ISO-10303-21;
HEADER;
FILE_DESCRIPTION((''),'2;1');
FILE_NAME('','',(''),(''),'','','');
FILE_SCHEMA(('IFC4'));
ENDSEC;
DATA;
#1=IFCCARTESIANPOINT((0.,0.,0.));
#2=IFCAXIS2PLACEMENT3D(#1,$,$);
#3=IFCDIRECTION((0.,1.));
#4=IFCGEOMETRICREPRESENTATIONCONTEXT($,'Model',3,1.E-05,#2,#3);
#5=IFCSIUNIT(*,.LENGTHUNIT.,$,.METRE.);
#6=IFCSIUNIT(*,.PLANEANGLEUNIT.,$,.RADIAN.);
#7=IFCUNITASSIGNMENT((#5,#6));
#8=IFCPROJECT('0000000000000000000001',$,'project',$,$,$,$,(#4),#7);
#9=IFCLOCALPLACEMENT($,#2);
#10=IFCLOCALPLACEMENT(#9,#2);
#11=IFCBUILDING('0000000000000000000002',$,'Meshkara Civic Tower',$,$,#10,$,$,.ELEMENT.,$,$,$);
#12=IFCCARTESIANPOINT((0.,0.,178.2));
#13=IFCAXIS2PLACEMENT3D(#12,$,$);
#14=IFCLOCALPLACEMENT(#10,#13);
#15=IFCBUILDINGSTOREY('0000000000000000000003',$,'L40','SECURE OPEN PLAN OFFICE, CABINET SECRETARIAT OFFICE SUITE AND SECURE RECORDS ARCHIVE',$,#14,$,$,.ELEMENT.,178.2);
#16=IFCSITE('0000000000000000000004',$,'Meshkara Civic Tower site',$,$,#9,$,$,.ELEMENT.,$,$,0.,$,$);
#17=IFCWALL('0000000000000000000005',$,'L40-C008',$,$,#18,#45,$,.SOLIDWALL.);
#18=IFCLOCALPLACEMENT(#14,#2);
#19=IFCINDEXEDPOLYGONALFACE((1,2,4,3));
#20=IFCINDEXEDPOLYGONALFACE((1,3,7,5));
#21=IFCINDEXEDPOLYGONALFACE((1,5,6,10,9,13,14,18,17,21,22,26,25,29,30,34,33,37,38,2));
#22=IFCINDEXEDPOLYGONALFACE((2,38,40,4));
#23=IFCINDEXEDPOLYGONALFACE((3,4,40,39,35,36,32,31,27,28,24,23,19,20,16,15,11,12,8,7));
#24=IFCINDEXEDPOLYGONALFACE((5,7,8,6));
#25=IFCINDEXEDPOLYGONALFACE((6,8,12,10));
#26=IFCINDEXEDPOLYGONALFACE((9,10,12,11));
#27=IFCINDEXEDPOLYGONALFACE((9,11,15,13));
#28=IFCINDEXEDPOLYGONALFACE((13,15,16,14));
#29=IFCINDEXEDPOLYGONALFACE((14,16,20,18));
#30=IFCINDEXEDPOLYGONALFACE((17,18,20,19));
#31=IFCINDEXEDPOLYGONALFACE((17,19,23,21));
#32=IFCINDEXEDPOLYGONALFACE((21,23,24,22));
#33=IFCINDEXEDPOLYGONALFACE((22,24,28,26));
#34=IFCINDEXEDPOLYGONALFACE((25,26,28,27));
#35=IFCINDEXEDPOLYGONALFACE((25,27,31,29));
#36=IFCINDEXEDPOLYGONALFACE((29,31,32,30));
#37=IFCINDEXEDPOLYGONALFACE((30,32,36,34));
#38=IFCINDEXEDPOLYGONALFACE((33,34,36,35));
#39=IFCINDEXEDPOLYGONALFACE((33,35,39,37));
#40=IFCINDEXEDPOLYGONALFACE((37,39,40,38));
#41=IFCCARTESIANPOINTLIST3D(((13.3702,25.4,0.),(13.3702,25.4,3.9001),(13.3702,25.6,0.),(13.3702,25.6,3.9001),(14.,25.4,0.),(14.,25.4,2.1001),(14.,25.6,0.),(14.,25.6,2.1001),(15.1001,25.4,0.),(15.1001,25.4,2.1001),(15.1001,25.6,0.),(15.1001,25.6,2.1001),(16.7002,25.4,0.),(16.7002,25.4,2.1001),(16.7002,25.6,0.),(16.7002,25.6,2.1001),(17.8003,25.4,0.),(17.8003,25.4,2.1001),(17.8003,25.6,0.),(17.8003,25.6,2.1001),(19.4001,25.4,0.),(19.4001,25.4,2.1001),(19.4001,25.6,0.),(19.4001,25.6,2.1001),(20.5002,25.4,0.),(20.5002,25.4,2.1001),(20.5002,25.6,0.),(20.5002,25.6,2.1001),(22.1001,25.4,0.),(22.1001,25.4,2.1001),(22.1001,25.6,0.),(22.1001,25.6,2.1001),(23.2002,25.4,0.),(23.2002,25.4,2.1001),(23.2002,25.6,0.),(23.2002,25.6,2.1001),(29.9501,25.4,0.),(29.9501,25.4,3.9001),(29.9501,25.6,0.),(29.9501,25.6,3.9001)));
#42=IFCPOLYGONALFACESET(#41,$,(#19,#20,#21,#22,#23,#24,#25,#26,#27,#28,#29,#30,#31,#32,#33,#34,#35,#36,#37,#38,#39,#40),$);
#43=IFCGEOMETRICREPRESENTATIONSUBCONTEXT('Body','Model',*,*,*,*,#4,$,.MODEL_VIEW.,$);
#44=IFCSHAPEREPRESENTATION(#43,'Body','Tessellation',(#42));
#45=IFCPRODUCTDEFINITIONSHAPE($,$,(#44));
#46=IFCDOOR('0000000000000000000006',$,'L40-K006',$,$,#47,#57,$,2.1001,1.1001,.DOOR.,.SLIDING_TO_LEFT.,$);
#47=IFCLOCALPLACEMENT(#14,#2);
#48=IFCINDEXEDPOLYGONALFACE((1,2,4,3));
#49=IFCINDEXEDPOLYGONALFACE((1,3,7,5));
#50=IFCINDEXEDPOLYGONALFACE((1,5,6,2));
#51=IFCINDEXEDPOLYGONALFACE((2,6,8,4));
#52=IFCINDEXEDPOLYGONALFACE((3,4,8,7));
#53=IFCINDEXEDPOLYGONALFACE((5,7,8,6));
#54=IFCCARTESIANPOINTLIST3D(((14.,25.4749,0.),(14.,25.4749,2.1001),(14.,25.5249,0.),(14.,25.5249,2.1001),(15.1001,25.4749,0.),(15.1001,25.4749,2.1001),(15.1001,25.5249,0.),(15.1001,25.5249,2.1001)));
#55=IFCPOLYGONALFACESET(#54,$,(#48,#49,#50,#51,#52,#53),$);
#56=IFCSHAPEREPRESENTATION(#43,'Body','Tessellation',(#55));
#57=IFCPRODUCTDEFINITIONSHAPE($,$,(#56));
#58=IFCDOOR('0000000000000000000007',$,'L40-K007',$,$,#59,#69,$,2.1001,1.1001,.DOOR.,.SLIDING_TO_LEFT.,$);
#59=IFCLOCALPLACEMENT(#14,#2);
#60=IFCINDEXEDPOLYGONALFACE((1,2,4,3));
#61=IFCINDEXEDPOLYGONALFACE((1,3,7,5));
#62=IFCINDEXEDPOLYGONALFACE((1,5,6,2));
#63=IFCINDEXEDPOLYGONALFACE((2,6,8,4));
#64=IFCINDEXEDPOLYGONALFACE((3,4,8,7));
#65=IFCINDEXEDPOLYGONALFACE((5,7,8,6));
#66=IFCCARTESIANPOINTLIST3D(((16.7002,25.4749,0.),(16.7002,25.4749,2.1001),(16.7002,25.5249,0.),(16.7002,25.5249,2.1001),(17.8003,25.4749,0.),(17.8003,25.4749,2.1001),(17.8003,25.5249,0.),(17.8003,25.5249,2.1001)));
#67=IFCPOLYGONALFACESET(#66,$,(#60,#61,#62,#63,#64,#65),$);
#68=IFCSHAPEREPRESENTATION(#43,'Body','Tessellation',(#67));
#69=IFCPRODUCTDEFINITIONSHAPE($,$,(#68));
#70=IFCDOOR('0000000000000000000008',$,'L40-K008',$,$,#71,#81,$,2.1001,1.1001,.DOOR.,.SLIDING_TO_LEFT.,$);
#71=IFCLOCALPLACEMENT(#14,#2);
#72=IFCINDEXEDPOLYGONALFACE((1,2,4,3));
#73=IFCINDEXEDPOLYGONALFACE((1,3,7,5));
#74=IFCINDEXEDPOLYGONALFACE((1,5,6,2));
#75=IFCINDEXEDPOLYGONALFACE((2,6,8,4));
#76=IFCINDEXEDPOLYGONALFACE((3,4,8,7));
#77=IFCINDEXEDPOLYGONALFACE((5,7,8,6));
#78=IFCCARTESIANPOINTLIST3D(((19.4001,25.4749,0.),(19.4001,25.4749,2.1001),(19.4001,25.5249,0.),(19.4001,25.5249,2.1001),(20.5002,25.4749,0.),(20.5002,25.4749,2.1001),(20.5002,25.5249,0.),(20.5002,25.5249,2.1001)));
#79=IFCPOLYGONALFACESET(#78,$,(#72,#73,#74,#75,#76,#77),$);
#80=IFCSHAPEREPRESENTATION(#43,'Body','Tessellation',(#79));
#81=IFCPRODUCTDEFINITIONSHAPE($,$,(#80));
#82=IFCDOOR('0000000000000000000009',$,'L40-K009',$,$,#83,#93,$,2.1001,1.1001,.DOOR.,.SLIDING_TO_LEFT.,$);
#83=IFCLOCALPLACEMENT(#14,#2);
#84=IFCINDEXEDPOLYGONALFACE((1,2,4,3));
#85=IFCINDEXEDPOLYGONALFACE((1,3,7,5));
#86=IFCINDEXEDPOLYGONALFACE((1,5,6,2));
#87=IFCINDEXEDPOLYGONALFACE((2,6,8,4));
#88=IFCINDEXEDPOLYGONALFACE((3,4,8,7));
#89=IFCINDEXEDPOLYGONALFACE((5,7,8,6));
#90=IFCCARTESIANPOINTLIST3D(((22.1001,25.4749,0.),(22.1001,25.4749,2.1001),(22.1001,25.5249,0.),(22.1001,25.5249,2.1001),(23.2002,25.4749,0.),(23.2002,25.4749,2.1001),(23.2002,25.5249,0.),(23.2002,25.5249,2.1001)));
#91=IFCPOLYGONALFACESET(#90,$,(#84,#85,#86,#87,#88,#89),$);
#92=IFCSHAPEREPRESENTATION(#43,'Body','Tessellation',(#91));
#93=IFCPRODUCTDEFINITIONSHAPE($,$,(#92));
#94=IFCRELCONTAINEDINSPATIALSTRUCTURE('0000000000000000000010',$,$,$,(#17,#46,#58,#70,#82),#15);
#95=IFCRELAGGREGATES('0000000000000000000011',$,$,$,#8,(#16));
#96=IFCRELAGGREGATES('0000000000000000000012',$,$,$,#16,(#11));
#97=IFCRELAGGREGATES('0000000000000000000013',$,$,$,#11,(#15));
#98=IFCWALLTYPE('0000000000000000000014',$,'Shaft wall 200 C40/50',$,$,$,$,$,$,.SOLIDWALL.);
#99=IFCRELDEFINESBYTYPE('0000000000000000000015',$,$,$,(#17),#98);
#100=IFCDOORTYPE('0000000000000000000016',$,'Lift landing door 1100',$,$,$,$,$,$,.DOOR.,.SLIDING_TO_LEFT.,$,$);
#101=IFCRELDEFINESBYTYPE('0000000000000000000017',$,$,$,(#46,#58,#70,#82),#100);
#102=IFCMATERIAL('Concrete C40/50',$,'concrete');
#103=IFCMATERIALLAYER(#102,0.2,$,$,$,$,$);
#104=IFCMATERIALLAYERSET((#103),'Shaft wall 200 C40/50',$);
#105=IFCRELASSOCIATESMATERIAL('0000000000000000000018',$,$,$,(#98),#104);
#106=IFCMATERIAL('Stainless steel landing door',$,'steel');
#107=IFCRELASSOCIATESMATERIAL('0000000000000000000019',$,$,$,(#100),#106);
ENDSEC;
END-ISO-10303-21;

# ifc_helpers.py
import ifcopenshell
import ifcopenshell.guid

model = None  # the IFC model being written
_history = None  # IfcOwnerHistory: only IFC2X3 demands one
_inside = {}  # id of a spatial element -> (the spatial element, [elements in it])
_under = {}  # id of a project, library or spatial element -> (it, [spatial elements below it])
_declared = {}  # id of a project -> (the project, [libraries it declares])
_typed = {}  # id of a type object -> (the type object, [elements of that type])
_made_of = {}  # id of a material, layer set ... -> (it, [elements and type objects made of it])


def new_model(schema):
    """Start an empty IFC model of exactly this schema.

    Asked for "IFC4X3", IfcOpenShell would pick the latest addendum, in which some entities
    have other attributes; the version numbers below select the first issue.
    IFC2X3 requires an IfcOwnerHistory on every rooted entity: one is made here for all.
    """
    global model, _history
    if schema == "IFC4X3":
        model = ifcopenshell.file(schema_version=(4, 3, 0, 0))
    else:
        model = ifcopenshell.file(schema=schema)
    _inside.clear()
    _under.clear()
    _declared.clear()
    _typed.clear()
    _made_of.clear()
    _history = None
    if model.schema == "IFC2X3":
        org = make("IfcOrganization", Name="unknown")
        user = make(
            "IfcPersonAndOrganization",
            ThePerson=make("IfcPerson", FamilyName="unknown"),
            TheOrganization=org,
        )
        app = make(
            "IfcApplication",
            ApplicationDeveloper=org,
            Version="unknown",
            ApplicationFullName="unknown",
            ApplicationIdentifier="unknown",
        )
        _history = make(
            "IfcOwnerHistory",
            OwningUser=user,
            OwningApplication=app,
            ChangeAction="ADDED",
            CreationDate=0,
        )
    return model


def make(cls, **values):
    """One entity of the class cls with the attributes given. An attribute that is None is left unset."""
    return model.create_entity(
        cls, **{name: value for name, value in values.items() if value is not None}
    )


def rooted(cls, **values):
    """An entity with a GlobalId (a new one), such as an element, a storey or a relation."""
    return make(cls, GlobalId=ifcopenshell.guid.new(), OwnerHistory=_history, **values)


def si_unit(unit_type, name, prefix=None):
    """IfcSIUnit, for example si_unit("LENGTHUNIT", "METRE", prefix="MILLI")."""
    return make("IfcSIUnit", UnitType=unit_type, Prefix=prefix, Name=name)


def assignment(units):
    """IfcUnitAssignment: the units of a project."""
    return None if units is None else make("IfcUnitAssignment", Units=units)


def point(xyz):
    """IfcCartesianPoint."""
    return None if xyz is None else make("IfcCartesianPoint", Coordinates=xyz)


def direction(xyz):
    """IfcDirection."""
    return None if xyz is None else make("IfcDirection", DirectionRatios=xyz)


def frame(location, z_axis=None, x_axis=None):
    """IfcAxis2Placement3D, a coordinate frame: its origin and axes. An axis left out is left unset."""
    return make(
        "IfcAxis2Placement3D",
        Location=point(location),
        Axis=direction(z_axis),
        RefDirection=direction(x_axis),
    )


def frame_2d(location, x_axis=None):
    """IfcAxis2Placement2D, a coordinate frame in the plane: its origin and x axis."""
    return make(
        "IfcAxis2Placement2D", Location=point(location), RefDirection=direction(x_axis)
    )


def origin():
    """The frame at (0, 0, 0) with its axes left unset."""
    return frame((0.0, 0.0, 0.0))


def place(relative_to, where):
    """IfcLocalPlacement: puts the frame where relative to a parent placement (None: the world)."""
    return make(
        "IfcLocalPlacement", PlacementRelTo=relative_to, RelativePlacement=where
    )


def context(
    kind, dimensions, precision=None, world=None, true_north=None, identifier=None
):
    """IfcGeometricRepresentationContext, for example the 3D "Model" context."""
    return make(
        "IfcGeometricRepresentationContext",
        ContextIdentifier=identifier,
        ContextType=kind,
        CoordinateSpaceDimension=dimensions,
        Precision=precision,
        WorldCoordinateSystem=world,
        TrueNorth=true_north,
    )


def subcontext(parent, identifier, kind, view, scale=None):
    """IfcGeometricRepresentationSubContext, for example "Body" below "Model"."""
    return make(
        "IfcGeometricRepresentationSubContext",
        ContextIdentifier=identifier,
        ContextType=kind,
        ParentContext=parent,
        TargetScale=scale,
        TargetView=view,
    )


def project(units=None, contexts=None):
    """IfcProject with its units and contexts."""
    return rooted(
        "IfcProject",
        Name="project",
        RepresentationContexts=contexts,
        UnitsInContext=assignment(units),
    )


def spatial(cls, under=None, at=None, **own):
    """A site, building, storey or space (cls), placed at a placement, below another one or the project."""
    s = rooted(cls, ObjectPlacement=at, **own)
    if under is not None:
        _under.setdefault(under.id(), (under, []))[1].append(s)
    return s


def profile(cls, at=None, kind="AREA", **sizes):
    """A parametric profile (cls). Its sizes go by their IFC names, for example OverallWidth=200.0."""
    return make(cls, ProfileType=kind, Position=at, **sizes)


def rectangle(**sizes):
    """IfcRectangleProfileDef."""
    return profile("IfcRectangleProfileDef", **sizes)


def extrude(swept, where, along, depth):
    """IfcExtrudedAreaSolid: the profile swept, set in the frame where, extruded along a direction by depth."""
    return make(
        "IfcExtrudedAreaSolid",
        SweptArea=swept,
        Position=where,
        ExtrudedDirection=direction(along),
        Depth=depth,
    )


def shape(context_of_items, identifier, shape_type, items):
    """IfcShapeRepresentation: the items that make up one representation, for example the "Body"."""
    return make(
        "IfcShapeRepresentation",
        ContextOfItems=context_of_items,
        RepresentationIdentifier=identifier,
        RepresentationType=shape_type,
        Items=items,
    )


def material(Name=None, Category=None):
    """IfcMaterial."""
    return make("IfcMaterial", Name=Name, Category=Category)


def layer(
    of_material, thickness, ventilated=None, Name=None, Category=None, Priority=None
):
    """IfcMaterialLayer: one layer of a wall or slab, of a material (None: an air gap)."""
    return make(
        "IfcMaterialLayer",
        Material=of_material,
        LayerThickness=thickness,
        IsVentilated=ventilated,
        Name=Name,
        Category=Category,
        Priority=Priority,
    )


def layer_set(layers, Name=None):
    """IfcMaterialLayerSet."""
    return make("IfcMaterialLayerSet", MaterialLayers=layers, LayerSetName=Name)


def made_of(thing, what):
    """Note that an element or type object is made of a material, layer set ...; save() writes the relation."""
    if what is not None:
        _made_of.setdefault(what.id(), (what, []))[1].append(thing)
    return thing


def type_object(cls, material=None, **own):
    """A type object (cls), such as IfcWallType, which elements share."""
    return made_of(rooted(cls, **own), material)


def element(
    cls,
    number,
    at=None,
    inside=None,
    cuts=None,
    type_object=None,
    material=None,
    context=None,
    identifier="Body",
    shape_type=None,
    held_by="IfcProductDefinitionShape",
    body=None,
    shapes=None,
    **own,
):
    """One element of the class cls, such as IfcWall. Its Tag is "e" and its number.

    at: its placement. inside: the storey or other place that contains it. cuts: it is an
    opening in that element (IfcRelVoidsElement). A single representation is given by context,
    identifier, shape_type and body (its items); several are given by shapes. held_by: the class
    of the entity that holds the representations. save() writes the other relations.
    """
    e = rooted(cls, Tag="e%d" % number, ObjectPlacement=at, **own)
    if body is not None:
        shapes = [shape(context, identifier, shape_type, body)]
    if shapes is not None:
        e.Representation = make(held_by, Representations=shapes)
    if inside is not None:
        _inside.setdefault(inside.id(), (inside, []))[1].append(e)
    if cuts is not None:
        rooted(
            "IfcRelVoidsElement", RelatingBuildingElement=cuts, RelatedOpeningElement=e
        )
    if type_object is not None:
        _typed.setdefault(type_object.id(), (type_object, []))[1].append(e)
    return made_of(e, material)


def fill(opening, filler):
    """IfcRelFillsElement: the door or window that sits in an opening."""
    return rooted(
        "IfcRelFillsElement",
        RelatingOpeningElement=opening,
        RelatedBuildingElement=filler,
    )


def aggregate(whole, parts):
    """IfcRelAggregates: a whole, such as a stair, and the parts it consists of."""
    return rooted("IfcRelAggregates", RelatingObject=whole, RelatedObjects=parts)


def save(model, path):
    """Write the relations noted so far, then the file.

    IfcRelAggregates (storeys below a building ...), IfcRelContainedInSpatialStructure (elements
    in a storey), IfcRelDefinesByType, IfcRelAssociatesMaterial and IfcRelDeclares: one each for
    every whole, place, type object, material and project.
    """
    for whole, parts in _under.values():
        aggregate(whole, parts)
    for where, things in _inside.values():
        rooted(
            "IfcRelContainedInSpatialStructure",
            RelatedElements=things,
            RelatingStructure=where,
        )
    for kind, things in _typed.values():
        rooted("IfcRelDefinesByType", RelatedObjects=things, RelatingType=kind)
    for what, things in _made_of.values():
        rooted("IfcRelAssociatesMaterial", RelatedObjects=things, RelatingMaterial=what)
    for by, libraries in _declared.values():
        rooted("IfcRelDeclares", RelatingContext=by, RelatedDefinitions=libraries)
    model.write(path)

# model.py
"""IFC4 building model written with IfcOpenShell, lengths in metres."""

from ifc_helpers import new_model, si_unit, direction, frame, frame_2d, origin, place, context, subcontext, project, spatial, rectangle, extrude, material, layer, layer_set, type_object, element, fill, save


model = new_model("IFC4")

# Units and contexts
model_context = context("Model", 3, precision=1e-05, world=origin(), true_north=direction((0.0, 1.0)))
body_context = subcontext(model_context, "Body", "Model", "MODEL_VIEW")
ifc_project = project(units=[si_unit("LENGTHUNIT", "METRE"), si_unit("PLANEANGLEUNIT", "RADIAN")], contexts=[model_context])

# Site, building, storey
site_placement = place(None, origin())
site = spatial("IfcSite", under=ifc_project, at=site_placement, Name="Meshkara Civic Tower site", CompositionType="ELEMENT", RefElevation=0.0)
building_placement = place(site_placement, origin())
building = spatial("IfcBuilding", under=site, at=building_placement, Name="Meshkara Civic Tower", CompositionType="ELEMENT")
storey_placement = place(building_placement, frame((0.0, 0.0, 178.2)))
storey = spatial("IfcBuildingStorey", under=building, at=storey_placement, Name="L40", Description="SECURE OPEN PLAN OFFICE, CABINET SECRETARIAT OFFICE SUITE AND SECURE RECORDS ARCHIVE", CompositionType="ELEMENT", Elevation=178.2)

# Wall, openings, doors
ifc_material_1 = material(Name="Concrete C40/50", Category="concrete")
ifc_layer_1 = layer(ifc_material_1, 0.2)
ifc_layer_set_1 = layer_set([ifc_layer_1], Name="Shaft wall 200 C40/50")
wall_type_1 = type_object("IfcWallType", Name="Shaft wall 200 C40/50", PredefinedType="SOLIDWALL", material=ifc_layer_set_1)
ifc_material_2 = material(Name="Stainless steel landing door", Category="steel")
door_type_1 = type_object("IfcDoorType", Name="Lift landing door 1100", OperationType="SLIDING_TO_LEFT", PredefinedType="DOOR", material=ifc_material_2)
wall_1_placement = place(storey_placement, frame((13.3701, 25.5, 0.0), z_axis=(0.0, 0.0, 1.0), x_axis=(1.0, 0.0, 0.0)))
wall_1 = element("IfcWall", 1, at=wall_1_placement, inside=storey, type_object=wall_type_1, Name="L40-C008", PredefinedType="SOLIDWALL", context=body_context, shape_type="SweptSolid", body=[
    extrude(rectangle(XDim=16.5798, YDim=0.2, at=frame_2d((8.29, 0.0))), origin(), (0.0, 0.0, 1.0), 3.9001),
])
opening_1_placement = place(wall_1_placement, frame((0.6299, 0.0, 0.0)))
opening_1 = element("IfcOpeningElement", 2, at=opening_1_placement, cuts=wall_1, PredefinedType="OPENING", context=body_context, shape_type="SweptSolid", body=[
    extrude(rectangle(XDim=1.1001, YDim=2.1001, at=frame_2d((0.55, 1.05))), frame((0.0, 0.1099, 0.0), z_axis=(0.0, -1.0, 0.0), x_axis=(1.0, 0.0, 0.0)), (0.0, 0.0, 1.0), 0.22),
])
opening_2_placement = place(wall_1_placement, frame((3.3301, 0.0, 0.0)))
opening_2 = element("IfcOpeningElement", 3, at=opening_2_placement, cuts=wall_1, PredefinedType="OPENING", context=body_context, shape_type="SweptSolid", body=[
    extrude(rectangle(XDim=1.1001, YDim=2.1001, at=frame_2d((0.55, 1.05))), frame((0.0, 0.1099, 0.0), z_axis=(0.0, -1.0, 0.0), x_axis=(1.0, 0.0, 0.0)), (0.0, 0.0, 1.0), 0.22),
])
opening_3_placement = place(wall_1_placement, frame((6.03, 0.0, 0.0)))
opening_3 = element("IfcOpeningElement", 4, at=opening_3_placement, cuts=wall_1, PredefinedType="OPENING", context=body_context, shape_type="SweptSolid", body=[
    extrude(rectangle(XDim=1.1001, YDim=2.1001, at=frame_2d((0.55, 1.05))), frame((0.0, 0.1099, 0.0), z_axis=(0.0, -1.0, 0.0), x_axis=(1.0, 0.0, 0.0)), (0.0, 0.0, 1.0), 0.22),
])
opening_4_placement = place(wall_1_placement, frame((8.73, 0.0, 0.0)))
opening_4 = element("IfcOpeningElement", 5, at=opening_4_placement, cuts=wall_1, PredefinedType="OPENING", context=body_context, shape_type="SweptSolid", body=[
    extrude(rectangle(XDim=1.1001, YDim=2.1001, at=frame_2d((0.55, 1.05))), frame((0.0, 0.1099, 0.0), z_axis=(0.0, -1.0, 0.0), x_axis=(1.0, 0.0, 0.0)), (0.0, 0.0, 1.0), 0.22),
])
door_1_placement = place(opening_1_placement, origin())
door_1 = element("IfcDoor", 6, at=door_1_placement, inside=storey, type_object=door_type_1, Name="L40-K006", OperationType="SLIDING_TO_LEFT", OverallHeight=2.1001, OverallWidth=1.1001, PredefinedType="DOOR", context=body_context, shape_type="SweptSolid", body=[
    extrude(rectangle(XDim=1.1001, YDim=2.1001, at=frame_2d((0.55, 1.05))), frame((0.0, 0.0249, 0.0), z_axis=(0.0, -1.0, 0.0), x_axis=(1.0, 0.0, 0.0)), (0.0, 0.0, 1.0), 0.05),
])
fill(opening_1, door_1)
door_2_placement = place(opening_2_placement, origin())
door_2 = element("IfcDoor", 7, at=door_2_placement, inside=storey, type_object=door_type_1, Name="L40-K007", OperationType="SLIDING_TO_LEFT", OverallHeight=2.1001, OverallWidth=1.1001, PredefinedType="DOOR", context=body_context, shape_type="SweptSolid", body=[
    extrude(rectangle(XDim=1.1001, YDim=2.1001, at=frame_2d((0.55, 1.05))), frame((0.0, 0.0249, 0.0), z_axis=(0.0, -1.0, 0.0), x_axis=(1.0, 0.0, 0.0)), (0.0, 0.0, 1.0), 0.05),
])
fill(opening_2, door_2)
door_3_placement = place(opening_3_placement, origin())
door_3 = element("IfcDoor", 8, at=door_3_placement, inside=storey, type_object=door_type_1, Name="L40-K008", OperationType="SLIDING_TO_LEFT", OverallHeight=2.1001, OverallWidth=1.1001, PredefinedType="DOOR", context=body_context, shape_type="SweptSolid", body=[
    extrude(rectangle(XDim=1.1001, YDim=2.1001, at=frame_2d((0.55, 1.05))), frame((0.0, 0.0249, 0.0), z_axis=(0.0, -1.0, 0.0), x_axis=(1.0, 0.0, 0.0)), (0.0, 0.0, 1.0), 0.05),
])
fill(opening_3, door_3)
door_4_placement = place(opening_4_placement, origin())
door_4 = element("IfcDoor", 9, at=door_4_placement, inside=storey, type_object=door_type_1, Name="L40-K009", OperationType="SLIDING_TO_LEFT", OverallHeight=2.1001, OverallWidth=1.1001, PredefinedType="DOOR", context=body_context, shape_type="SweptSolid", body=[
    extrude(rectangle(XDim=1.1001, YDim=2.1001, at=frame_2d((0.55, 1.05))), frame((0.0, 0.0249, 0.0), z_axis=(0.0, -1.0, 0.0), x_axis=(1.0, 0.0, 0.0)), (0.0, 0.0, 1.0), 0.05),
])
fill(opening_4, door_4)

save(model, "model.ifc")
